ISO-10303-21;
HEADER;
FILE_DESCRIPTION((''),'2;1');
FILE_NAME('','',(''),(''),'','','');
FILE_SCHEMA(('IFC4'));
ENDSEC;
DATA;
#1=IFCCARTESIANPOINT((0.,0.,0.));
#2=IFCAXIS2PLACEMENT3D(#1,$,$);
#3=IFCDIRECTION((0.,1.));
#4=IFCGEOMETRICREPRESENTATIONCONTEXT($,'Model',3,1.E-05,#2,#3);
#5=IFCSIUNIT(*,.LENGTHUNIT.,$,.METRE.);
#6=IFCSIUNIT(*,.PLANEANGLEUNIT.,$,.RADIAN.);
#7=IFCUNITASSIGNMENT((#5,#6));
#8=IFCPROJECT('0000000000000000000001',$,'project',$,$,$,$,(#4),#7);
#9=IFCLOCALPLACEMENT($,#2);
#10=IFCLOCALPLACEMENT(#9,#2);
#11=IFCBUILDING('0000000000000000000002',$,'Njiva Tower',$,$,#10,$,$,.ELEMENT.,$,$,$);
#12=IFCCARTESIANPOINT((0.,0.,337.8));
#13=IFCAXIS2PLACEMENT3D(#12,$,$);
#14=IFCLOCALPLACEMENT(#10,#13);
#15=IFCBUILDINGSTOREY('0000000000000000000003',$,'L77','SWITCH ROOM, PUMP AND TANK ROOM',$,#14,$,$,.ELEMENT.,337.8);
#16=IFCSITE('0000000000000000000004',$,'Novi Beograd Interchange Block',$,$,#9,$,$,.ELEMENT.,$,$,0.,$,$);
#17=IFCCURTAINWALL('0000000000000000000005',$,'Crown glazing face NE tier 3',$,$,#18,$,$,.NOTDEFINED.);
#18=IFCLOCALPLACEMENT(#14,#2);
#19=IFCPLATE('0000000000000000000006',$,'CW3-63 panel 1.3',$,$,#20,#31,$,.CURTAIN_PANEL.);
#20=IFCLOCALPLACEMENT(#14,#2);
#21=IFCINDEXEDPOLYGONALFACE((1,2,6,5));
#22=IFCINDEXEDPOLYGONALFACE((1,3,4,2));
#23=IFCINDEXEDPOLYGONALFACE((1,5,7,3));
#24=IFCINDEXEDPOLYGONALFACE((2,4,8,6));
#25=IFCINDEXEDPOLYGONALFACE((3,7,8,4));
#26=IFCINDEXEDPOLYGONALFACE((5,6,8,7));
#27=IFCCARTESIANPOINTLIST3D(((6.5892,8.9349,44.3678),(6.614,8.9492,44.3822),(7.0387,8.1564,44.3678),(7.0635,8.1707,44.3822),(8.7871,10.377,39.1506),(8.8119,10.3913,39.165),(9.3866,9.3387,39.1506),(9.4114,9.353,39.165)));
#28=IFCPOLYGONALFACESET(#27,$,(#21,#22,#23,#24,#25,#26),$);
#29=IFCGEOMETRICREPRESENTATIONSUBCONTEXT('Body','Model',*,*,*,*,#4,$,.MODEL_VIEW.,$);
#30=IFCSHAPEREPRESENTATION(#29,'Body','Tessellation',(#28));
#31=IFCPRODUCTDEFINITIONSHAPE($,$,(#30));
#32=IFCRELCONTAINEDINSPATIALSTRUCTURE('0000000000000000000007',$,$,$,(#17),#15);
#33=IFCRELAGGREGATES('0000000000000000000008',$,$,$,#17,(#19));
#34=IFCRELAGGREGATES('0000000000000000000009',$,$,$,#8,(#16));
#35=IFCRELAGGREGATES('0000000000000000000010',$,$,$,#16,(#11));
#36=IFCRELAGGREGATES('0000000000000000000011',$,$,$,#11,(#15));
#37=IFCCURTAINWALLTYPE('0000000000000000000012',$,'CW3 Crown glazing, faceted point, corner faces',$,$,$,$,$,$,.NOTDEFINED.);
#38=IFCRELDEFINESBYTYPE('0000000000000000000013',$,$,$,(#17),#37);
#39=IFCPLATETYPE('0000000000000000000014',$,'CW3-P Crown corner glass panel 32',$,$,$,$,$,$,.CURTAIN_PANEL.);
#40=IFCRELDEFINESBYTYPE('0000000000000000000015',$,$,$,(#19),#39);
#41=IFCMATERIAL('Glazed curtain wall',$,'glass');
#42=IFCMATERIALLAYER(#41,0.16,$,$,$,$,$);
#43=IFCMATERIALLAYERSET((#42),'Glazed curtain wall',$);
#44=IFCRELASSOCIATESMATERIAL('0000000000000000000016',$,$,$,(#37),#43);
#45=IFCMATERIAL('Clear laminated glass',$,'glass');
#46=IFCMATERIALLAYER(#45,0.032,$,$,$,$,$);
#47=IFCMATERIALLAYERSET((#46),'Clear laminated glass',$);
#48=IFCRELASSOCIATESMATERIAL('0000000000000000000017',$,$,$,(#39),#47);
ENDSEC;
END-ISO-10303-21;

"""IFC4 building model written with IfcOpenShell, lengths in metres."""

from ifc_helpers import new_model, si_unit, direction, frame, origin, place, context, subcontext, project, spatial, polyline, outline, extrude, material, layer, layer_set, type_object, element, aggregate, save


model = new_model("IFC4")

# Units and contexts
model_context = context("Model", 3, precision=1e-05, world=origin(), true_north=direction((0.0, 1.0)))
body_context = subcontext(model_context, "Body", "Model", "MODEL_VIEW")
ifc_project = project(units=[si_unit("LENGTHUNIT", "METRE"), si_unit("PLANEANGLEUNIT", "RADIAN")], contexts=[model_context])

# Site, building, storey
site_placement = place(None, origin())
site = spatial("IfcSite", under=ifc_project, at=site_placement, Name="Novi Beograd Interchange Block", CompositionType="ELEMENT", RefElevation=0.0)
building_placement = place(site_placement, origin())
building = spatial("IfcBuilding", under=site, at=building_placement, Name="Njiva Tower", CompositionType="ELEMENT")
storey_placement = place(building_placement, frame((0.0, 0.0, 337.8)))
storey = spatial("IfcBuildingStorey", under=building, at=storey_placement, Name="L77", Description="SWITCH ROOM, PUMP AND TANK ROOM", CompositionType="ELEMENT", Elevation=337.8)

# Shared definitions
ifc_material_1 = material(Name="Glazed curtain wall", Category="glass")

# Curtain wall
ifc_layer_1 = layer(ifc_material_1, 0.16)
ifc_layer_set_1 = layer_set([ifc_layer_1], Name="Glazed curtain wall")
curtain_wall_type_1 = type_object("IfcCurtainWallType", Name="CW3 Crown glazing, faceted point, corner faces", PredefinedType="NOTDEFINED", material=ifc_layer_set_1)
curtain_wall_1_placement = place(storey_placement, origin())
curtain_wall_1 = element("IfcCurtainWall", 1, at=curtain_wall_1_placement, inside=storey, type_object=curtain_wall_type_1, Name="Crown glazing face NE tier 3", PredefinedType="NOTDEFINED")

# Shared definitions
ifc_material_2 = material(Name="Clear laminated glass", Category="glass")

# Shared definitions
ifc_layer_2 = layer(ifc_material_2, 0.032)
ifc_layer_set_2 = layer_set([ifc_layer_2], Name="Clear laminated glass")
plate_type_1 = type_object("IfcPlateType", Name="CW3-P Crown corner glass panel 32", PredefinedType="CURTAIN_PANEL", material=ifc_layer_set_2)

# Plate
plate_1_placement = place(storey_placement, frame((9.4114, 9.353, 39.165), z_axis=(0.773639, 0.446691, 0.449389), x_axis=(-0.500025, 0.866011, -0.000001)))
plate_1 = element("IfcPlate", 2, at=plate_1_placement, type_object=plate_type_1, Name="CW3-63 panel 1.3", PredefinedType="CURTAIN_PANEL", context=body_context, shape_type="SweptSolid", body=[
    extrude(outline(polyline([(0.0, 0.0), (1.1989, 0.0), (1.0491, 5.8401), (0.1501, 5.8401), (0.0, 0.0)])), origin(), (0.0, 0.0, -1.0), 0.032),
])
aggregate(curtain_wall_1, [plate_1])

save(model, "model.ifc")
